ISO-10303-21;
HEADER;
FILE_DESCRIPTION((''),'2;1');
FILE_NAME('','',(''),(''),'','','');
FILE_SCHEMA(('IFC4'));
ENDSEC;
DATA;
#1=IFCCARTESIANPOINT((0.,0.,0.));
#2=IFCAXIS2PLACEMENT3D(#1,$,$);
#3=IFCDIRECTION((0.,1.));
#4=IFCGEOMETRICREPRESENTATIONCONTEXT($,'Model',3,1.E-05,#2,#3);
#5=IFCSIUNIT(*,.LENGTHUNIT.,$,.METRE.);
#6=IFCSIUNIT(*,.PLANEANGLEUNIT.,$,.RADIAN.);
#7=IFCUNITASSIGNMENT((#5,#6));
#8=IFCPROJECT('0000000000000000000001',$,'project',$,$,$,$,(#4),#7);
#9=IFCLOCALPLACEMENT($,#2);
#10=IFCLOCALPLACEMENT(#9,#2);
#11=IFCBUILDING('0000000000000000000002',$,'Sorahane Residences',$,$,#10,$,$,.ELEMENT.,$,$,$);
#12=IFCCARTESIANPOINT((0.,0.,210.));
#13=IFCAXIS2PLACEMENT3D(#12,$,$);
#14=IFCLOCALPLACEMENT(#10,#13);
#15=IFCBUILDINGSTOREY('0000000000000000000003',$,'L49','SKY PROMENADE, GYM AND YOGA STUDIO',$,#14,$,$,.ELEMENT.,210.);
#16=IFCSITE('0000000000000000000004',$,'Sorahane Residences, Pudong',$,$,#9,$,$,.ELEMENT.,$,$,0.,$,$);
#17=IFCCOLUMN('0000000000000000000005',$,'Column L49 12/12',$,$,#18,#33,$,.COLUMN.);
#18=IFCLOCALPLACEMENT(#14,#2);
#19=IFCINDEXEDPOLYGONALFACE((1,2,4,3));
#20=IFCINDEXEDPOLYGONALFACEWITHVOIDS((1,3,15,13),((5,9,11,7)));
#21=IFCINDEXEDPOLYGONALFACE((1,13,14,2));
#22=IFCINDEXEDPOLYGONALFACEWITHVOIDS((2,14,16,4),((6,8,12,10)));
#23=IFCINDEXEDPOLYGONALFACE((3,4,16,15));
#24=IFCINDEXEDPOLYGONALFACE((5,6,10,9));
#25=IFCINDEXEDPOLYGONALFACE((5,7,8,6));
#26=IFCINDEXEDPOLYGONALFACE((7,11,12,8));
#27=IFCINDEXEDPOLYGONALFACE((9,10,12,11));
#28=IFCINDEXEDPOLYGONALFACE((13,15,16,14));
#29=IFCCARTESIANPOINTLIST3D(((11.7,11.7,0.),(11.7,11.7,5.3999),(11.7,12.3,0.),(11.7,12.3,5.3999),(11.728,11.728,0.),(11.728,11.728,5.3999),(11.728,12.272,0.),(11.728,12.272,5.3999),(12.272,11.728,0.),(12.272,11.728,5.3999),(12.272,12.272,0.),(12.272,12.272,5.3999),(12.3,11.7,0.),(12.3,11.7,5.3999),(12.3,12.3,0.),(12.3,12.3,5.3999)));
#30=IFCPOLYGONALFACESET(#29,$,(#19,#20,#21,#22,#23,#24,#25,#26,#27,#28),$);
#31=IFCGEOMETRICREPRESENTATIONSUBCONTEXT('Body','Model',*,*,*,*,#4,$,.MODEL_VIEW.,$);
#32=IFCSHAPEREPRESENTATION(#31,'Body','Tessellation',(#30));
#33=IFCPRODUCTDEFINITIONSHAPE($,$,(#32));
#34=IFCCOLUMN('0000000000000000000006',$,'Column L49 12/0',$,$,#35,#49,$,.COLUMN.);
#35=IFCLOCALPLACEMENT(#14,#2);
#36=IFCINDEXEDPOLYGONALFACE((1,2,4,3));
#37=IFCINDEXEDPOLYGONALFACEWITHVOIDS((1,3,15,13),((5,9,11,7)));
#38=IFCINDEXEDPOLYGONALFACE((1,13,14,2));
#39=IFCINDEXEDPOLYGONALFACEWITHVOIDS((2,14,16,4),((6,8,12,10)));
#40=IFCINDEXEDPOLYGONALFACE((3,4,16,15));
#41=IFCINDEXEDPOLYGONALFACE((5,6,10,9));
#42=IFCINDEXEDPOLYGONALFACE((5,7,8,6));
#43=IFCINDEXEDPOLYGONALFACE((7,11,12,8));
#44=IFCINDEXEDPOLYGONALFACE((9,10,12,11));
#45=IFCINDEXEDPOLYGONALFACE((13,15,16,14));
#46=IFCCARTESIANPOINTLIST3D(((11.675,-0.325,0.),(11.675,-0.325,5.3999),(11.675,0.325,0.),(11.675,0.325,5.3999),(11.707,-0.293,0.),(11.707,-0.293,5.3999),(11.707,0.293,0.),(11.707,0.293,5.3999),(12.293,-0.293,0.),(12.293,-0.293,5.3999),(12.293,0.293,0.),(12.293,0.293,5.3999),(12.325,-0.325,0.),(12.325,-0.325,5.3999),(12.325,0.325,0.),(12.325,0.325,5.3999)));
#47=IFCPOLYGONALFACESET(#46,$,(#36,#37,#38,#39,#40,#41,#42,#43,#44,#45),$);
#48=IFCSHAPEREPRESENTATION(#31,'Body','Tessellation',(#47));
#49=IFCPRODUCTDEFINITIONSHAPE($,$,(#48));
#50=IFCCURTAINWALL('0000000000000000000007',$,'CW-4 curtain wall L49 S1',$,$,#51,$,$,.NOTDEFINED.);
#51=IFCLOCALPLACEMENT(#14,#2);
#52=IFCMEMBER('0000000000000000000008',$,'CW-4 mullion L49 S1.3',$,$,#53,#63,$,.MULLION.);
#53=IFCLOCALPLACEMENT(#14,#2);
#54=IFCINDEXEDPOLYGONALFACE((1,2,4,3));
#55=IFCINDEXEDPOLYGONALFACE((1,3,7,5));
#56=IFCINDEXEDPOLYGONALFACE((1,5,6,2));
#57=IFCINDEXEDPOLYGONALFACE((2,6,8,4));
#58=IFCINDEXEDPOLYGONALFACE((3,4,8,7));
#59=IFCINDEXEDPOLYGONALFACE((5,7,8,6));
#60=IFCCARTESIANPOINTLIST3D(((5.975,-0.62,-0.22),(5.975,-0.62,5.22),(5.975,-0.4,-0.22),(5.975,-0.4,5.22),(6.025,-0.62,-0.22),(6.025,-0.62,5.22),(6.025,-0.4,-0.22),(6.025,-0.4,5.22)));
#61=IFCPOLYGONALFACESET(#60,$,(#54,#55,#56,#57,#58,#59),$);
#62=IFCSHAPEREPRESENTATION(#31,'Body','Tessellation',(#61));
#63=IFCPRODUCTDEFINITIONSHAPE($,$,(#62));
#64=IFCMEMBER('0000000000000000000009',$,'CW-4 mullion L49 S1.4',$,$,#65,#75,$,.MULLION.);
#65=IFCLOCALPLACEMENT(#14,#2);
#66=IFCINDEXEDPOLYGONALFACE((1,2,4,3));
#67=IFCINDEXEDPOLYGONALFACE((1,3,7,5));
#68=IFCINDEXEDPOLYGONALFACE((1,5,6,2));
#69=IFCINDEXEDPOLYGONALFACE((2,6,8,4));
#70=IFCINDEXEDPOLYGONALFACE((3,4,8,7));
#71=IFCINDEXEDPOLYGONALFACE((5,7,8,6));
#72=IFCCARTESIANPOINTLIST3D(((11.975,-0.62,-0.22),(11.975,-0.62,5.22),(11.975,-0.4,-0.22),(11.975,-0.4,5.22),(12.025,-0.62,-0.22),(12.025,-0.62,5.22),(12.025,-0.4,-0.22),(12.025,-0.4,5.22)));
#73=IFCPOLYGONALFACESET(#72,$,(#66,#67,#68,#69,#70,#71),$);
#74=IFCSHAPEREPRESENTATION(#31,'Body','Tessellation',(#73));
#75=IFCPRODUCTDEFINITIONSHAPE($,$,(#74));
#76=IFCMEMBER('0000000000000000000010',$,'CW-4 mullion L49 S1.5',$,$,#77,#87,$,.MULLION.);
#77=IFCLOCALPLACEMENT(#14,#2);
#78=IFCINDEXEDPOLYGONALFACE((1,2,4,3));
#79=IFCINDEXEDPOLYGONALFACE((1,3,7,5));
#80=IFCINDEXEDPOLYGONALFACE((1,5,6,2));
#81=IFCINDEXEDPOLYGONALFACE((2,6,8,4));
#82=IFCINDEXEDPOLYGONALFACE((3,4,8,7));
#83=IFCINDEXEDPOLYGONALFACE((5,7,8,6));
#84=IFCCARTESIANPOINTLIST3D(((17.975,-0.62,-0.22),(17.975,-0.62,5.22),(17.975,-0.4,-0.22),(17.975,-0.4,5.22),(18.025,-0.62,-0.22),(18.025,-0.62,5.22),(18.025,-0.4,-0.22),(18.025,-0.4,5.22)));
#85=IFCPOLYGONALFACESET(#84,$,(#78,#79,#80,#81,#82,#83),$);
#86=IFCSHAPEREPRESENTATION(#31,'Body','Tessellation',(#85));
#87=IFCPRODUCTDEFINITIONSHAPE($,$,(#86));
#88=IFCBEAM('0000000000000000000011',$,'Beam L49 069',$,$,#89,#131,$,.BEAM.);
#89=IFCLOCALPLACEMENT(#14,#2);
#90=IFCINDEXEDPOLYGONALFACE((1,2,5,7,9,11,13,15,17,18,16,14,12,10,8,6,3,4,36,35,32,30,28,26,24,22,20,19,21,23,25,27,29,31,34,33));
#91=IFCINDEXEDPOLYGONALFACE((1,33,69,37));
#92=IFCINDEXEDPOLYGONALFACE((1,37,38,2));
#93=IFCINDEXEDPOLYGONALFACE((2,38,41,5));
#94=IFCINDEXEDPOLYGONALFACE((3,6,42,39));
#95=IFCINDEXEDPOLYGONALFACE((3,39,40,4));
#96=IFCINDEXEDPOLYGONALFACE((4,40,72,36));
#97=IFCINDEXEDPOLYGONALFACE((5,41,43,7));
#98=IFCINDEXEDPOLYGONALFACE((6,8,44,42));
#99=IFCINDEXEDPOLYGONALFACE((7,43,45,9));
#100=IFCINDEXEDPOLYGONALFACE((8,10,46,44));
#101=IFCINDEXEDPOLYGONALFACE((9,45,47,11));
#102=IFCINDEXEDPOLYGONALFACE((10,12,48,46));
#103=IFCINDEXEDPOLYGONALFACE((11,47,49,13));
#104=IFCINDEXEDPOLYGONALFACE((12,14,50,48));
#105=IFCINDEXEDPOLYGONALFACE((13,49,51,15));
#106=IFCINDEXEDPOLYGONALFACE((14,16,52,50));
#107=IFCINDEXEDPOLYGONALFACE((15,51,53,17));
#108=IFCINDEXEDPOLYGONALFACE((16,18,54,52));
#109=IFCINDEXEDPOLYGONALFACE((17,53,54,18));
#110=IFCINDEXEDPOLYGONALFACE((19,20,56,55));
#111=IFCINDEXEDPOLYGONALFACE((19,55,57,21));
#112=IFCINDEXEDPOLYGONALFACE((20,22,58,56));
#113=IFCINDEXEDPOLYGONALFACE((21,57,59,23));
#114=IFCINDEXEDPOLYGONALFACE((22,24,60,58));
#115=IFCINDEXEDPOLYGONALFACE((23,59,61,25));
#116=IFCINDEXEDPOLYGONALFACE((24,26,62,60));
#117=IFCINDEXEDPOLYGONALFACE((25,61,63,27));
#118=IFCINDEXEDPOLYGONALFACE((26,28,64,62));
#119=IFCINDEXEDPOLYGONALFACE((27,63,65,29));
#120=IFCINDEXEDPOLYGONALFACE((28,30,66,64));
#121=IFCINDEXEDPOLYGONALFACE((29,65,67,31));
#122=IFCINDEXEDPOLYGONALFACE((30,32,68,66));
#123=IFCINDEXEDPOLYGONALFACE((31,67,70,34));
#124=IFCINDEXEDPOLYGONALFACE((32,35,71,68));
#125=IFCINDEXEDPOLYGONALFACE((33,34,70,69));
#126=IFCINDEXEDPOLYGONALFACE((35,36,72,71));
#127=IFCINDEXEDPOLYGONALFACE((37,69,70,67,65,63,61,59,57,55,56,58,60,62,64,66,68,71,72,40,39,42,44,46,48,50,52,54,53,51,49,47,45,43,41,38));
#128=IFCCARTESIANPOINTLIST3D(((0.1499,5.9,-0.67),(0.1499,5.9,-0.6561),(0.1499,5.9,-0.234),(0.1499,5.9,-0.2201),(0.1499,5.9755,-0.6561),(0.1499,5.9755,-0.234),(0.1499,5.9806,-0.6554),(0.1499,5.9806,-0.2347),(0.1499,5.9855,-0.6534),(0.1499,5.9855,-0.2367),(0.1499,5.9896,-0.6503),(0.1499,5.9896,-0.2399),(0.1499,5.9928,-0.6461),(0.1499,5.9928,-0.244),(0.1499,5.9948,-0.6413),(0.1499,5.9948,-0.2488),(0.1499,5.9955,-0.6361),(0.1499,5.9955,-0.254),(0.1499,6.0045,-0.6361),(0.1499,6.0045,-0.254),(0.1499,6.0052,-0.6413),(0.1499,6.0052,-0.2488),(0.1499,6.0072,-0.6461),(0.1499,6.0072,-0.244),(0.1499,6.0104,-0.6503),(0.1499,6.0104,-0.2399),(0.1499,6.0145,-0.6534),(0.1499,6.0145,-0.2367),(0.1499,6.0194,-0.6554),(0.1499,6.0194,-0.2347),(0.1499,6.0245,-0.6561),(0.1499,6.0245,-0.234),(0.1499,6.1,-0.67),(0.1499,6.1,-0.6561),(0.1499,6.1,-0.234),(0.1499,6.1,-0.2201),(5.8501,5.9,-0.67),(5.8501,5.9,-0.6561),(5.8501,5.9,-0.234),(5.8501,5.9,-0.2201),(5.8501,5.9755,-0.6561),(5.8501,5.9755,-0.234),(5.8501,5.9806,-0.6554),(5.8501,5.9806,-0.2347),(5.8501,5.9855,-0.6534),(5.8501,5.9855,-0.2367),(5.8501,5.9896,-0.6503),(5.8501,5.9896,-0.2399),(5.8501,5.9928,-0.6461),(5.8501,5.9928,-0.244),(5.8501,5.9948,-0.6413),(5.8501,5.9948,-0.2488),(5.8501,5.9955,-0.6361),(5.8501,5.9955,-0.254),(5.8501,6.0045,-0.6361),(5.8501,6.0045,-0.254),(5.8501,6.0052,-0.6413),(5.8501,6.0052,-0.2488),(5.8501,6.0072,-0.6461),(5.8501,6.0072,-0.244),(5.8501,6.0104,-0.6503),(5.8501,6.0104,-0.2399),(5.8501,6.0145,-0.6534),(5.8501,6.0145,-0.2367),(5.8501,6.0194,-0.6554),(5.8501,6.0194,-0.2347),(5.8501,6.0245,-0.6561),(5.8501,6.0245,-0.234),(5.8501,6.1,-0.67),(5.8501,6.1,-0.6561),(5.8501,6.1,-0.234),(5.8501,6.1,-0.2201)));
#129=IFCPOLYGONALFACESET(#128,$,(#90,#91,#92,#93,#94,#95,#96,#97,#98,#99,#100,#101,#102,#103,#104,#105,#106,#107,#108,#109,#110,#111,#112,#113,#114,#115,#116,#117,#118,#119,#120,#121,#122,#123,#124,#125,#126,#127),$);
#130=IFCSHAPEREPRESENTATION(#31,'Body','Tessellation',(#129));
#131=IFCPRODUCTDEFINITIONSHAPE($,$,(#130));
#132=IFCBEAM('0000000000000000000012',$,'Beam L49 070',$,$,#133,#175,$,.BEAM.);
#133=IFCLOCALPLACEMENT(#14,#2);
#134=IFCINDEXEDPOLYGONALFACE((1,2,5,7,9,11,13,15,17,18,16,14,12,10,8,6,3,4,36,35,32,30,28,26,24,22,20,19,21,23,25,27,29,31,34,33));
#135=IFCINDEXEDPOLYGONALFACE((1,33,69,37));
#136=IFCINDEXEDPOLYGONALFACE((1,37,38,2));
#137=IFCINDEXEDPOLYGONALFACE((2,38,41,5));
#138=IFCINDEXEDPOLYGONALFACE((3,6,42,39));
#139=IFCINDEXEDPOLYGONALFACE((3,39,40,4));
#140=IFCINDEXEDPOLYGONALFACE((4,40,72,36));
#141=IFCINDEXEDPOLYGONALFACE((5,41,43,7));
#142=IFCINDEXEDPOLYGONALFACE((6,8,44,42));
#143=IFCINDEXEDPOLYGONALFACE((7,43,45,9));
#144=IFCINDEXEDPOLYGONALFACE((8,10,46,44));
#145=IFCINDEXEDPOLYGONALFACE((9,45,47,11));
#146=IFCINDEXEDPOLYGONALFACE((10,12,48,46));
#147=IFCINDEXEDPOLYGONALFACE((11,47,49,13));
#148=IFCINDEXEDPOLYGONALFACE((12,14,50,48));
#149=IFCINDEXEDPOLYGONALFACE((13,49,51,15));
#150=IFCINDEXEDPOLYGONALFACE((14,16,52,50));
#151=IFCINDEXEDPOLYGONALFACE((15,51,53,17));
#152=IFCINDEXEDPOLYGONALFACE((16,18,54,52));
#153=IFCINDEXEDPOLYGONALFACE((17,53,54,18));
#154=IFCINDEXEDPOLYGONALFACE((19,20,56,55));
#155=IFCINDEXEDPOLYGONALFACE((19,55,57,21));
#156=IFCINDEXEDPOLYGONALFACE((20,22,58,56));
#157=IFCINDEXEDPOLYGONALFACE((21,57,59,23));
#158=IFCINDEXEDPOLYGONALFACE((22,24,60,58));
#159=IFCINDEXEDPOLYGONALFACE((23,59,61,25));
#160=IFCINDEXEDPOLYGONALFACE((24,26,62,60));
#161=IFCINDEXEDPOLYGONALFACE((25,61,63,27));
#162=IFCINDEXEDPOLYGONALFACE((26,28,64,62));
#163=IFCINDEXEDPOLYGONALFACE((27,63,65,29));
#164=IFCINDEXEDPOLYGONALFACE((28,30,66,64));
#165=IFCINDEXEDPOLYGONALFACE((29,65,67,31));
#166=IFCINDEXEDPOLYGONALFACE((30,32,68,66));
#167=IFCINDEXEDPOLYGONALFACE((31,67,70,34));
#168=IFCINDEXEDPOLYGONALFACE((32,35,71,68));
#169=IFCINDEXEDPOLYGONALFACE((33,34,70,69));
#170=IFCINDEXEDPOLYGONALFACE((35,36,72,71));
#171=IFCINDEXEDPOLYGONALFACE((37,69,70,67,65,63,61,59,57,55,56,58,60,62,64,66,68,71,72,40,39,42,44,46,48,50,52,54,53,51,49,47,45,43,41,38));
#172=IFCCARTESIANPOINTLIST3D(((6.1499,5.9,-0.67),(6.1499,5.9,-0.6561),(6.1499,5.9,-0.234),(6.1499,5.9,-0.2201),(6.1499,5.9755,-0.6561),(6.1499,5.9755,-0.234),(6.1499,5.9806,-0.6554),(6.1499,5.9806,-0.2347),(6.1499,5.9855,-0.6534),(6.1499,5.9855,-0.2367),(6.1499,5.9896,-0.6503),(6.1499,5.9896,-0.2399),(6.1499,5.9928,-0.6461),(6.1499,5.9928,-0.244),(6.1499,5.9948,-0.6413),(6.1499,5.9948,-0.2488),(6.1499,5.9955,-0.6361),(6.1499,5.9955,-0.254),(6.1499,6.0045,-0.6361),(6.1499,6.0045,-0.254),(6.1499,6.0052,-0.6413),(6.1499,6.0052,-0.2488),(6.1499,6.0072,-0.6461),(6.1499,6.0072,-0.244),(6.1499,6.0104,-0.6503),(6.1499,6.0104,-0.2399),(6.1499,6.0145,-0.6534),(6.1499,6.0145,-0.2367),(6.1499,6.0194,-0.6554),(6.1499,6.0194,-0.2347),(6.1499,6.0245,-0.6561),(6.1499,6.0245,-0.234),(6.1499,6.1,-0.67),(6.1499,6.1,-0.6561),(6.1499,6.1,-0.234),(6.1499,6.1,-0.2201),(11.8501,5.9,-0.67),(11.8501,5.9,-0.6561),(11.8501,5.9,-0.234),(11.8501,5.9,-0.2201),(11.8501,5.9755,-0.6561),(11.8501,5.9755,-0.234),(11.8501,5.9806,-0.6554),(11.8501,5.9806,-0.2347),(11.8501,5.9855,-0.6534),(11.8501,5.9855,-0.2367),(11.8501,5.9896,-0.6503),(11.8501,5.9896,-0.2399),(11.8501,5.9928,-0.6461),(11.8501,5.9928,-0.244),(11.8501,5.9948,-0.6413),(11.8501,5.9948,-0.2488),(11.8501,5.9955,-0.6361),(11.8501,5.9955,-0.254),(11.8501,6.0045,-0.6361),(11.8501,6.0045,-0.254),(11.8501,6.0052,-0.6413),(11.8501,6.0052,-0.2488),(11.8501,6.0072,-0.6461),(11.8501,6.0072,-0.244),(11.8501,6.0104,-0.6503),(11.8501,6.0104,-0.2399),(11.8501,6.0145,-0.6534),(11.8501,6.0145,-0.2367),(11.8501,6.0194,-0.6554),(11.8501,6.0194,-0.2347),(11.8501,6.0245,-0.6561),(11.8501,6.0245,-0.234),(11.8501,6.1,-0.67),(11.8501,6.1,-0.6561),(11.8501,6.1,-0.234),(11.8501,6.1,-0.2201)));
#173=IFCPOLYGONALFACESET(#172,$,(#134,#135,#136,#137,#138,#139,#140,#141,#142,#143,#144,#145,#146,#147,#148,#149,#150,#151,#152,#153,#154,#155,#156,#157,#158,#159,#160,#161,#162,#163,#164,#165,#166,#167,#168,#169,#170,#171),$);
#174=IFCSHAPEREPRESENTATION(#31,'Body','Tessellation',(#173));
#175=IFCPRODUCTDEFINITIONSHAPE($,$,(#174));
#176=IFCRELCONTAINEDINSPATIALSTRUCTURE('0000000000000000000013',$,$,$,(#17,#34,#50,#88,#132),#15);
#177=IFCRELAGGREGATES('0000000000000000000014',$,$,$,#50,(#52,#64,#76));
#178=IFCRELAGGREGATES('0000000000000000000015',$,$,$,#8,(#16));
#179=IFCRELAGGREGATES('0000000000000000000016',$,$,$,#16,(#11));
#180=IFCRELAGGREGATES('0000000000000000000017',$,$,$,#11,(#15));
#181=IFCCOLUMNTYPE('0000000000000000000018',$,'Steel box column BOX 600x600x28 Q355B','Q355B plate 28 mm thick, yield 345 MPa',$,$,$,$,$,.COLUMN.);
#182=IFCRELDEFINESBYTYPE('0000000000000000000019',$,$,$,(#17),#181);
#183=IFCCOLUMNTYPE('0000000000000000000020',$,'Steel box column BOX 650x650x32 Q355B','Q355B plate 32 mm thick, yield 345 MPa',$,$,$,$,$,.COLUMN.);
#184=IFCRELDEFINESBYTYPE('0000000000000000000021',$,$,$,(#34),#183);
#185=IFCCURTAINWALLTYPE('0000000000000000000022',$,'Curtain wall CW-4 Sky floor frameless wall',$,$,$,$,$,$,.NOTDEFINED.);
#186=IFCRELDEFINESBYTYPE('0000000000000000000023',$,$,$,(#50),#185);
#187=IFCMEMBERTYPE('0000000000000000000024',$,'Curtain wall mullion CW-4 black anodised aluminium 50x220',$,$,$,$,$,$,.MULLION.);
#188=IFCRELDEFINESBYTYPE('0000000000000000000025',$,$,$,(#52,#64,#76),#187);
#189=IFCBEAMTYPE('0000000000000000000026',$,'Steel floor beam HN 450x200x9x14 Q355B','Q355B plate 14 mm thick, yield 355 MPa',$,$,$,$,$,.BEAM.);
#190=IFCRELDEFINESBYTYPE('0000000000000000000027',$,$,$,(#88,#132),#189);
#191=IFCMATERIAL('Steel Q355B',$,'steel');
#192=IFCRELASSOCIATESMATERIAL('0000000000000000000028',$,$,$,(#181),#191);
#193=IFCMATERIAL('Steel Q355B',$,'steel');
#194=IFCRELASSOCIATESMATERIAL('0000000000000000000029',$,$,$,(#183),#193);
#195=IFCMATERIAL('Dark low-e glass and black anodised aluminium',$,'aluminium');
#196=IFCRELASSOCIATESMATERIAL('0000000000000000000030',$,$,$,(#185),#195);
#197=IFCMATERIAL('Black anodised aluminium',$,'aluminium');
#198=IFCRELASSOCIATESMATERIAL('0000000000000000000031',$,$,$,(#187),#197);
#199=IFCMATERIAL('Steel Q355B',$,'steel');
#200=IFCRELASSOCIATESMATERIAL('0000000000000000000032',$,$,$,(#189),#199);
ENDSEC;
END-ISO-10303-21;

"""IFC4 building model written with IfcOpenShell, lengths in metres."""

from ifc_helpers import new_model, si_unit, direction, frame, origin, origin_2d, place, context, subcontext, project, spatial, rectangle, hollow_rectangle, i_section, extrude, material, material_profile, profile_set, type_object, element, aggregate, save


model = new_model("IFC4")

# Units and contexts
model_context = context("Model", 3, precision=1e-05, world=origin(), true_north=direction((0.0, 1.0)))
body_context = subcontext(model_context, "Body", "Model", "MODEL_VIEW")
ifc_project = project(units=[si_unit("LENGTHUNIT", "METRE"), si_unit("PLANEANGLEUNIT", "RADIAN")], contexts=[model_context])

# Site, building, storey
site_placement = place(None, origin())
site = spatial("IfcSite", under=ifc_project, at=site_placement, Name="Sorahane Residences, Pudong", CompositionType="ELEMENT", RefElevation=0.0)
building_placement = place(site_placement, origin())
building = spatial("IfcBuilding", under=site, at=building_placement, Name="Sorahane Residences", CompositionType="ELEMENT")
storey_placement = place(building_placement, frame((0.0, 0.0, 210.0)))
storey = spatial("IfcBuildingStorey", under=building, at=storey_placement, Name="L49", Description="SKY PROMENADE, GYM AND YOGA STUDIO", CompositionType="ELEMENT", Elevation=210.0)

# Columns
ifc_material_1 = material(Name="Steel Q355B", Category="steel")
ifc_material_profile_1 = material_profile(ifc_material_1, hollow_rectangle(XDim=0.6001, YDim=0.6001, WallThickness=0.0281, at=origin_2d()), Name="BOX 600x600x28")
ifc_profile_set_1 = profile_set([ifc_material_profile_1], Name="Steel Q355B")
column_type_1 = type_object("IfcColumnType", Name="Steel box column BOX 600x600x28 Q355B", Description="Q355B plate 28 mm thick, yield 345 MPa", PredefinedType="COLUMN", material=ifc_profile_set_1)
column_1_placement = place(storey_placement, frame((12.0, 12.0, 0.0), z_axis=(0.0, 0.0, 1.0), x_axis=(1.0, 0.0, 0.0)))
element("IfcColumn", 1, at=column_1_placement, inside=storey, type_object=column_type_1, Name="Column L49 12/12", PredefinedType="COLUMN", context=body_context, shape_type="SweptSolid", body=[
    extrude(hollow_rectangle(XDim=0.6001, YDim=0.6001, WallThickness=0.0281, at=origin_2d()), origin(), (0.0, 0.0, 1.0), 5.3999),
])
ifc_material_2 = material(Name="Steel Q355B", Category="steel")
ifc_material_profile_2 = material_profile(ifc_material_2, hollow_rectangle(XDim=0.6499, YDim=0.6499, WallThickness=0.032, at=origin_2d()), Name="BOX 650x650x32")
ifc_profile_set_2 = profile_set([ifc_material_profile_2], Name="Steel Q355B")
column_type_2 = type_object("IfcColumnType", Name="Steel box column BOX 650x650x32 Q355B", Description="Q355B plate 32 mm thick, yield 345 MPa", PredefinedType="COLUMN", material=ifc_profile_set_2)
column_2_placement = place(storey_placement, frame((12.0, 0.0, 0.0), z_axis=(0.0, 0.0, 1.0), x_axis=(1.0, 0.0, 0.0)))
element("IfcColumn", 2, at=column_2_placement, inside=storey, type_object=column_type_2, Name="Column L49 12/0", PredefinedType="COLUMN", context=body_context, shape_type="SweptSolid", body=[
    extrude(hollow_rectangle(XDim=0.6499, YDim=0.6499, WallThickness=0.032, at=origin_2d()), origin(), (0.0, 0.0, 1.0), 5.3999),
])

# Curtain wall, members
ifc_material_3 = material(Name="Dark low-e glass and black anodised aluminium", Category="aluminium")
curtain_wall_type = type_object("IfcCurtainWallType", Name="Curtain wall CW-4 Sky floor frameless wall", PredefinedType="NOTDEFINED", material=ifc_material_3)
curtain_wall_placement = place(storey_placement, origin())
curtain_wall = element("IfcCurtainWall", 3, at=curtain_wall_placement, inside=storey, type_object=curtain_wall_type, Name="CW-4 curtain wall L49 S1", PredefinedType="NOTDEFINED")
ifc_material_4 = material(Name="Black anodised aluminium", Category="aluminium")
ifc_material_profile_3 = material_profile(ifc_material_4, rectangle(XDim=0.22, YDim=0.05, at=origin_2d()), Name="Curtain wall mullion CW-4 black anodised aluminium 50x220")
ifc_profile_set_3 = profile_set([ifc_material_profile_3], Name="Black anodised aluminium")
member_type = type_object("IfcMemberType", Name="Curtain wall mullion CW-4 black anodised aluminium 50x220", PredefinedType="MULLION", material=ifc_profile_set_3)
member_1_placement = place(storey_placement, frame((6.0, -0.51, -0.22), z_axis=(0.0, 0.0, 1.0), x_axis=(0.0, -1.0, 0.0)))
member_1 = element("IfcMember", 4, at=member_1_placement, type_object=member_type, Name="CW-4 mullion L49 S1.3", PredefinedType="MULLION", context=body_context, shape_type="SweptSolid", body=[
    extrude(rectangle(XDim=0.22, YDim=0.05, at=origin_2d()), origin(), (0.0, 0.0, 1.0), 5.4399),
])
member_2_placement = place(storey_placement, frame((12.0, -0.51, -0.22), z_axis=(0.0, 0.0, 1.0), x_axis=(0.0, -1.0, 0.0)))
member_2 = element("IfcMember", 5, at=member_2_placement, type_object=member_type, Name="CW-4 mullion L49 S1.4", PredefinedType="MULLION", context=body_context, shape_type="SweptSolid", body=[
    extrude(rectangle(XDim=0.22, YDim=0.05, at=origin_2d()), origin(), (0.0, 0.0, 1.0), 5.4399),
])
member_3_placement = place(storey_placement, frame((18.0, -0.51, -0.22), z_axis=(0.0, 0.0, 1.0), x_axis=(0.0, -1.0, 0.0)))
member_3 = element("IfcMember", 6, at=member_3_placement, type_object=member_type, Name="CW-4 mullion L49 S1.5", PredefinedType="MULLION", context=body_context, shape_type="SweptSolid", body=[
    extrude(rectangle(XDim=0.22, YDim=0.05, at=origin_2d()), origin(), (0.0, 0.0, 1.0), 5.4399),
])

# Beams
ifc_material_5 = material(Name="Steel Q355B", Category="steel")
ifc_material_profile_4 = material_profile(ifc_material_5, i_section(OverallWidth=0.2, OverallDepth=0.45, WebThickness=0.009, FlangeThickness=0.0139, FilletRadius=0.02, at=origin_2d()), Name="HN 450x200x9x14")
ifc_profile_set_4 = profile_set([ifc_material_profile_4], Name="Steel Q355B")
beam_type_1 = type_object("IfcBeamType", Name="Steel floor beam HN 450x200x9x14 Q355B", Description="Q355B plate 14 mm thick, yield 355 MPa", PredefinedType="BEAM", material=ifc_profile_set_4)
for number, where, z_axis, x_axis, name in (
    (7, (0.1499, 6.0, -0.4451), (1.0, 0.0, 0.0), (0.0, 1.0, 0.0), "Beam L49 069"),
    (8, (6.1499, 6.0, -0.4451), (1.0, 0.0, 0.0), (0.0, 1.0, 0.0), "Beam L49 070"),
):
    element("IfcBeam", number, at=place(storey_placement, frame(where, z_axis=z_axis, x_axis=x_axis)), inside=storey, type_object=beam_type_1, Name=name, PredefinedType="BEAM", context=body_context, shape_type="SweptSolid", body=[
        extrude(i_section(OverallWidth=0.2, OverallDepth=0.45, WebThickness=0.009, FlangeThickness=0.0139, FilletRadius=0.02, at=origin_2d()), origin(), (0.0, 0.0, 1.0), 5.7002),
    ])

aggregate(curtain_wall, [member_1, member_2, member_3])

save(model, "model.ifc")
